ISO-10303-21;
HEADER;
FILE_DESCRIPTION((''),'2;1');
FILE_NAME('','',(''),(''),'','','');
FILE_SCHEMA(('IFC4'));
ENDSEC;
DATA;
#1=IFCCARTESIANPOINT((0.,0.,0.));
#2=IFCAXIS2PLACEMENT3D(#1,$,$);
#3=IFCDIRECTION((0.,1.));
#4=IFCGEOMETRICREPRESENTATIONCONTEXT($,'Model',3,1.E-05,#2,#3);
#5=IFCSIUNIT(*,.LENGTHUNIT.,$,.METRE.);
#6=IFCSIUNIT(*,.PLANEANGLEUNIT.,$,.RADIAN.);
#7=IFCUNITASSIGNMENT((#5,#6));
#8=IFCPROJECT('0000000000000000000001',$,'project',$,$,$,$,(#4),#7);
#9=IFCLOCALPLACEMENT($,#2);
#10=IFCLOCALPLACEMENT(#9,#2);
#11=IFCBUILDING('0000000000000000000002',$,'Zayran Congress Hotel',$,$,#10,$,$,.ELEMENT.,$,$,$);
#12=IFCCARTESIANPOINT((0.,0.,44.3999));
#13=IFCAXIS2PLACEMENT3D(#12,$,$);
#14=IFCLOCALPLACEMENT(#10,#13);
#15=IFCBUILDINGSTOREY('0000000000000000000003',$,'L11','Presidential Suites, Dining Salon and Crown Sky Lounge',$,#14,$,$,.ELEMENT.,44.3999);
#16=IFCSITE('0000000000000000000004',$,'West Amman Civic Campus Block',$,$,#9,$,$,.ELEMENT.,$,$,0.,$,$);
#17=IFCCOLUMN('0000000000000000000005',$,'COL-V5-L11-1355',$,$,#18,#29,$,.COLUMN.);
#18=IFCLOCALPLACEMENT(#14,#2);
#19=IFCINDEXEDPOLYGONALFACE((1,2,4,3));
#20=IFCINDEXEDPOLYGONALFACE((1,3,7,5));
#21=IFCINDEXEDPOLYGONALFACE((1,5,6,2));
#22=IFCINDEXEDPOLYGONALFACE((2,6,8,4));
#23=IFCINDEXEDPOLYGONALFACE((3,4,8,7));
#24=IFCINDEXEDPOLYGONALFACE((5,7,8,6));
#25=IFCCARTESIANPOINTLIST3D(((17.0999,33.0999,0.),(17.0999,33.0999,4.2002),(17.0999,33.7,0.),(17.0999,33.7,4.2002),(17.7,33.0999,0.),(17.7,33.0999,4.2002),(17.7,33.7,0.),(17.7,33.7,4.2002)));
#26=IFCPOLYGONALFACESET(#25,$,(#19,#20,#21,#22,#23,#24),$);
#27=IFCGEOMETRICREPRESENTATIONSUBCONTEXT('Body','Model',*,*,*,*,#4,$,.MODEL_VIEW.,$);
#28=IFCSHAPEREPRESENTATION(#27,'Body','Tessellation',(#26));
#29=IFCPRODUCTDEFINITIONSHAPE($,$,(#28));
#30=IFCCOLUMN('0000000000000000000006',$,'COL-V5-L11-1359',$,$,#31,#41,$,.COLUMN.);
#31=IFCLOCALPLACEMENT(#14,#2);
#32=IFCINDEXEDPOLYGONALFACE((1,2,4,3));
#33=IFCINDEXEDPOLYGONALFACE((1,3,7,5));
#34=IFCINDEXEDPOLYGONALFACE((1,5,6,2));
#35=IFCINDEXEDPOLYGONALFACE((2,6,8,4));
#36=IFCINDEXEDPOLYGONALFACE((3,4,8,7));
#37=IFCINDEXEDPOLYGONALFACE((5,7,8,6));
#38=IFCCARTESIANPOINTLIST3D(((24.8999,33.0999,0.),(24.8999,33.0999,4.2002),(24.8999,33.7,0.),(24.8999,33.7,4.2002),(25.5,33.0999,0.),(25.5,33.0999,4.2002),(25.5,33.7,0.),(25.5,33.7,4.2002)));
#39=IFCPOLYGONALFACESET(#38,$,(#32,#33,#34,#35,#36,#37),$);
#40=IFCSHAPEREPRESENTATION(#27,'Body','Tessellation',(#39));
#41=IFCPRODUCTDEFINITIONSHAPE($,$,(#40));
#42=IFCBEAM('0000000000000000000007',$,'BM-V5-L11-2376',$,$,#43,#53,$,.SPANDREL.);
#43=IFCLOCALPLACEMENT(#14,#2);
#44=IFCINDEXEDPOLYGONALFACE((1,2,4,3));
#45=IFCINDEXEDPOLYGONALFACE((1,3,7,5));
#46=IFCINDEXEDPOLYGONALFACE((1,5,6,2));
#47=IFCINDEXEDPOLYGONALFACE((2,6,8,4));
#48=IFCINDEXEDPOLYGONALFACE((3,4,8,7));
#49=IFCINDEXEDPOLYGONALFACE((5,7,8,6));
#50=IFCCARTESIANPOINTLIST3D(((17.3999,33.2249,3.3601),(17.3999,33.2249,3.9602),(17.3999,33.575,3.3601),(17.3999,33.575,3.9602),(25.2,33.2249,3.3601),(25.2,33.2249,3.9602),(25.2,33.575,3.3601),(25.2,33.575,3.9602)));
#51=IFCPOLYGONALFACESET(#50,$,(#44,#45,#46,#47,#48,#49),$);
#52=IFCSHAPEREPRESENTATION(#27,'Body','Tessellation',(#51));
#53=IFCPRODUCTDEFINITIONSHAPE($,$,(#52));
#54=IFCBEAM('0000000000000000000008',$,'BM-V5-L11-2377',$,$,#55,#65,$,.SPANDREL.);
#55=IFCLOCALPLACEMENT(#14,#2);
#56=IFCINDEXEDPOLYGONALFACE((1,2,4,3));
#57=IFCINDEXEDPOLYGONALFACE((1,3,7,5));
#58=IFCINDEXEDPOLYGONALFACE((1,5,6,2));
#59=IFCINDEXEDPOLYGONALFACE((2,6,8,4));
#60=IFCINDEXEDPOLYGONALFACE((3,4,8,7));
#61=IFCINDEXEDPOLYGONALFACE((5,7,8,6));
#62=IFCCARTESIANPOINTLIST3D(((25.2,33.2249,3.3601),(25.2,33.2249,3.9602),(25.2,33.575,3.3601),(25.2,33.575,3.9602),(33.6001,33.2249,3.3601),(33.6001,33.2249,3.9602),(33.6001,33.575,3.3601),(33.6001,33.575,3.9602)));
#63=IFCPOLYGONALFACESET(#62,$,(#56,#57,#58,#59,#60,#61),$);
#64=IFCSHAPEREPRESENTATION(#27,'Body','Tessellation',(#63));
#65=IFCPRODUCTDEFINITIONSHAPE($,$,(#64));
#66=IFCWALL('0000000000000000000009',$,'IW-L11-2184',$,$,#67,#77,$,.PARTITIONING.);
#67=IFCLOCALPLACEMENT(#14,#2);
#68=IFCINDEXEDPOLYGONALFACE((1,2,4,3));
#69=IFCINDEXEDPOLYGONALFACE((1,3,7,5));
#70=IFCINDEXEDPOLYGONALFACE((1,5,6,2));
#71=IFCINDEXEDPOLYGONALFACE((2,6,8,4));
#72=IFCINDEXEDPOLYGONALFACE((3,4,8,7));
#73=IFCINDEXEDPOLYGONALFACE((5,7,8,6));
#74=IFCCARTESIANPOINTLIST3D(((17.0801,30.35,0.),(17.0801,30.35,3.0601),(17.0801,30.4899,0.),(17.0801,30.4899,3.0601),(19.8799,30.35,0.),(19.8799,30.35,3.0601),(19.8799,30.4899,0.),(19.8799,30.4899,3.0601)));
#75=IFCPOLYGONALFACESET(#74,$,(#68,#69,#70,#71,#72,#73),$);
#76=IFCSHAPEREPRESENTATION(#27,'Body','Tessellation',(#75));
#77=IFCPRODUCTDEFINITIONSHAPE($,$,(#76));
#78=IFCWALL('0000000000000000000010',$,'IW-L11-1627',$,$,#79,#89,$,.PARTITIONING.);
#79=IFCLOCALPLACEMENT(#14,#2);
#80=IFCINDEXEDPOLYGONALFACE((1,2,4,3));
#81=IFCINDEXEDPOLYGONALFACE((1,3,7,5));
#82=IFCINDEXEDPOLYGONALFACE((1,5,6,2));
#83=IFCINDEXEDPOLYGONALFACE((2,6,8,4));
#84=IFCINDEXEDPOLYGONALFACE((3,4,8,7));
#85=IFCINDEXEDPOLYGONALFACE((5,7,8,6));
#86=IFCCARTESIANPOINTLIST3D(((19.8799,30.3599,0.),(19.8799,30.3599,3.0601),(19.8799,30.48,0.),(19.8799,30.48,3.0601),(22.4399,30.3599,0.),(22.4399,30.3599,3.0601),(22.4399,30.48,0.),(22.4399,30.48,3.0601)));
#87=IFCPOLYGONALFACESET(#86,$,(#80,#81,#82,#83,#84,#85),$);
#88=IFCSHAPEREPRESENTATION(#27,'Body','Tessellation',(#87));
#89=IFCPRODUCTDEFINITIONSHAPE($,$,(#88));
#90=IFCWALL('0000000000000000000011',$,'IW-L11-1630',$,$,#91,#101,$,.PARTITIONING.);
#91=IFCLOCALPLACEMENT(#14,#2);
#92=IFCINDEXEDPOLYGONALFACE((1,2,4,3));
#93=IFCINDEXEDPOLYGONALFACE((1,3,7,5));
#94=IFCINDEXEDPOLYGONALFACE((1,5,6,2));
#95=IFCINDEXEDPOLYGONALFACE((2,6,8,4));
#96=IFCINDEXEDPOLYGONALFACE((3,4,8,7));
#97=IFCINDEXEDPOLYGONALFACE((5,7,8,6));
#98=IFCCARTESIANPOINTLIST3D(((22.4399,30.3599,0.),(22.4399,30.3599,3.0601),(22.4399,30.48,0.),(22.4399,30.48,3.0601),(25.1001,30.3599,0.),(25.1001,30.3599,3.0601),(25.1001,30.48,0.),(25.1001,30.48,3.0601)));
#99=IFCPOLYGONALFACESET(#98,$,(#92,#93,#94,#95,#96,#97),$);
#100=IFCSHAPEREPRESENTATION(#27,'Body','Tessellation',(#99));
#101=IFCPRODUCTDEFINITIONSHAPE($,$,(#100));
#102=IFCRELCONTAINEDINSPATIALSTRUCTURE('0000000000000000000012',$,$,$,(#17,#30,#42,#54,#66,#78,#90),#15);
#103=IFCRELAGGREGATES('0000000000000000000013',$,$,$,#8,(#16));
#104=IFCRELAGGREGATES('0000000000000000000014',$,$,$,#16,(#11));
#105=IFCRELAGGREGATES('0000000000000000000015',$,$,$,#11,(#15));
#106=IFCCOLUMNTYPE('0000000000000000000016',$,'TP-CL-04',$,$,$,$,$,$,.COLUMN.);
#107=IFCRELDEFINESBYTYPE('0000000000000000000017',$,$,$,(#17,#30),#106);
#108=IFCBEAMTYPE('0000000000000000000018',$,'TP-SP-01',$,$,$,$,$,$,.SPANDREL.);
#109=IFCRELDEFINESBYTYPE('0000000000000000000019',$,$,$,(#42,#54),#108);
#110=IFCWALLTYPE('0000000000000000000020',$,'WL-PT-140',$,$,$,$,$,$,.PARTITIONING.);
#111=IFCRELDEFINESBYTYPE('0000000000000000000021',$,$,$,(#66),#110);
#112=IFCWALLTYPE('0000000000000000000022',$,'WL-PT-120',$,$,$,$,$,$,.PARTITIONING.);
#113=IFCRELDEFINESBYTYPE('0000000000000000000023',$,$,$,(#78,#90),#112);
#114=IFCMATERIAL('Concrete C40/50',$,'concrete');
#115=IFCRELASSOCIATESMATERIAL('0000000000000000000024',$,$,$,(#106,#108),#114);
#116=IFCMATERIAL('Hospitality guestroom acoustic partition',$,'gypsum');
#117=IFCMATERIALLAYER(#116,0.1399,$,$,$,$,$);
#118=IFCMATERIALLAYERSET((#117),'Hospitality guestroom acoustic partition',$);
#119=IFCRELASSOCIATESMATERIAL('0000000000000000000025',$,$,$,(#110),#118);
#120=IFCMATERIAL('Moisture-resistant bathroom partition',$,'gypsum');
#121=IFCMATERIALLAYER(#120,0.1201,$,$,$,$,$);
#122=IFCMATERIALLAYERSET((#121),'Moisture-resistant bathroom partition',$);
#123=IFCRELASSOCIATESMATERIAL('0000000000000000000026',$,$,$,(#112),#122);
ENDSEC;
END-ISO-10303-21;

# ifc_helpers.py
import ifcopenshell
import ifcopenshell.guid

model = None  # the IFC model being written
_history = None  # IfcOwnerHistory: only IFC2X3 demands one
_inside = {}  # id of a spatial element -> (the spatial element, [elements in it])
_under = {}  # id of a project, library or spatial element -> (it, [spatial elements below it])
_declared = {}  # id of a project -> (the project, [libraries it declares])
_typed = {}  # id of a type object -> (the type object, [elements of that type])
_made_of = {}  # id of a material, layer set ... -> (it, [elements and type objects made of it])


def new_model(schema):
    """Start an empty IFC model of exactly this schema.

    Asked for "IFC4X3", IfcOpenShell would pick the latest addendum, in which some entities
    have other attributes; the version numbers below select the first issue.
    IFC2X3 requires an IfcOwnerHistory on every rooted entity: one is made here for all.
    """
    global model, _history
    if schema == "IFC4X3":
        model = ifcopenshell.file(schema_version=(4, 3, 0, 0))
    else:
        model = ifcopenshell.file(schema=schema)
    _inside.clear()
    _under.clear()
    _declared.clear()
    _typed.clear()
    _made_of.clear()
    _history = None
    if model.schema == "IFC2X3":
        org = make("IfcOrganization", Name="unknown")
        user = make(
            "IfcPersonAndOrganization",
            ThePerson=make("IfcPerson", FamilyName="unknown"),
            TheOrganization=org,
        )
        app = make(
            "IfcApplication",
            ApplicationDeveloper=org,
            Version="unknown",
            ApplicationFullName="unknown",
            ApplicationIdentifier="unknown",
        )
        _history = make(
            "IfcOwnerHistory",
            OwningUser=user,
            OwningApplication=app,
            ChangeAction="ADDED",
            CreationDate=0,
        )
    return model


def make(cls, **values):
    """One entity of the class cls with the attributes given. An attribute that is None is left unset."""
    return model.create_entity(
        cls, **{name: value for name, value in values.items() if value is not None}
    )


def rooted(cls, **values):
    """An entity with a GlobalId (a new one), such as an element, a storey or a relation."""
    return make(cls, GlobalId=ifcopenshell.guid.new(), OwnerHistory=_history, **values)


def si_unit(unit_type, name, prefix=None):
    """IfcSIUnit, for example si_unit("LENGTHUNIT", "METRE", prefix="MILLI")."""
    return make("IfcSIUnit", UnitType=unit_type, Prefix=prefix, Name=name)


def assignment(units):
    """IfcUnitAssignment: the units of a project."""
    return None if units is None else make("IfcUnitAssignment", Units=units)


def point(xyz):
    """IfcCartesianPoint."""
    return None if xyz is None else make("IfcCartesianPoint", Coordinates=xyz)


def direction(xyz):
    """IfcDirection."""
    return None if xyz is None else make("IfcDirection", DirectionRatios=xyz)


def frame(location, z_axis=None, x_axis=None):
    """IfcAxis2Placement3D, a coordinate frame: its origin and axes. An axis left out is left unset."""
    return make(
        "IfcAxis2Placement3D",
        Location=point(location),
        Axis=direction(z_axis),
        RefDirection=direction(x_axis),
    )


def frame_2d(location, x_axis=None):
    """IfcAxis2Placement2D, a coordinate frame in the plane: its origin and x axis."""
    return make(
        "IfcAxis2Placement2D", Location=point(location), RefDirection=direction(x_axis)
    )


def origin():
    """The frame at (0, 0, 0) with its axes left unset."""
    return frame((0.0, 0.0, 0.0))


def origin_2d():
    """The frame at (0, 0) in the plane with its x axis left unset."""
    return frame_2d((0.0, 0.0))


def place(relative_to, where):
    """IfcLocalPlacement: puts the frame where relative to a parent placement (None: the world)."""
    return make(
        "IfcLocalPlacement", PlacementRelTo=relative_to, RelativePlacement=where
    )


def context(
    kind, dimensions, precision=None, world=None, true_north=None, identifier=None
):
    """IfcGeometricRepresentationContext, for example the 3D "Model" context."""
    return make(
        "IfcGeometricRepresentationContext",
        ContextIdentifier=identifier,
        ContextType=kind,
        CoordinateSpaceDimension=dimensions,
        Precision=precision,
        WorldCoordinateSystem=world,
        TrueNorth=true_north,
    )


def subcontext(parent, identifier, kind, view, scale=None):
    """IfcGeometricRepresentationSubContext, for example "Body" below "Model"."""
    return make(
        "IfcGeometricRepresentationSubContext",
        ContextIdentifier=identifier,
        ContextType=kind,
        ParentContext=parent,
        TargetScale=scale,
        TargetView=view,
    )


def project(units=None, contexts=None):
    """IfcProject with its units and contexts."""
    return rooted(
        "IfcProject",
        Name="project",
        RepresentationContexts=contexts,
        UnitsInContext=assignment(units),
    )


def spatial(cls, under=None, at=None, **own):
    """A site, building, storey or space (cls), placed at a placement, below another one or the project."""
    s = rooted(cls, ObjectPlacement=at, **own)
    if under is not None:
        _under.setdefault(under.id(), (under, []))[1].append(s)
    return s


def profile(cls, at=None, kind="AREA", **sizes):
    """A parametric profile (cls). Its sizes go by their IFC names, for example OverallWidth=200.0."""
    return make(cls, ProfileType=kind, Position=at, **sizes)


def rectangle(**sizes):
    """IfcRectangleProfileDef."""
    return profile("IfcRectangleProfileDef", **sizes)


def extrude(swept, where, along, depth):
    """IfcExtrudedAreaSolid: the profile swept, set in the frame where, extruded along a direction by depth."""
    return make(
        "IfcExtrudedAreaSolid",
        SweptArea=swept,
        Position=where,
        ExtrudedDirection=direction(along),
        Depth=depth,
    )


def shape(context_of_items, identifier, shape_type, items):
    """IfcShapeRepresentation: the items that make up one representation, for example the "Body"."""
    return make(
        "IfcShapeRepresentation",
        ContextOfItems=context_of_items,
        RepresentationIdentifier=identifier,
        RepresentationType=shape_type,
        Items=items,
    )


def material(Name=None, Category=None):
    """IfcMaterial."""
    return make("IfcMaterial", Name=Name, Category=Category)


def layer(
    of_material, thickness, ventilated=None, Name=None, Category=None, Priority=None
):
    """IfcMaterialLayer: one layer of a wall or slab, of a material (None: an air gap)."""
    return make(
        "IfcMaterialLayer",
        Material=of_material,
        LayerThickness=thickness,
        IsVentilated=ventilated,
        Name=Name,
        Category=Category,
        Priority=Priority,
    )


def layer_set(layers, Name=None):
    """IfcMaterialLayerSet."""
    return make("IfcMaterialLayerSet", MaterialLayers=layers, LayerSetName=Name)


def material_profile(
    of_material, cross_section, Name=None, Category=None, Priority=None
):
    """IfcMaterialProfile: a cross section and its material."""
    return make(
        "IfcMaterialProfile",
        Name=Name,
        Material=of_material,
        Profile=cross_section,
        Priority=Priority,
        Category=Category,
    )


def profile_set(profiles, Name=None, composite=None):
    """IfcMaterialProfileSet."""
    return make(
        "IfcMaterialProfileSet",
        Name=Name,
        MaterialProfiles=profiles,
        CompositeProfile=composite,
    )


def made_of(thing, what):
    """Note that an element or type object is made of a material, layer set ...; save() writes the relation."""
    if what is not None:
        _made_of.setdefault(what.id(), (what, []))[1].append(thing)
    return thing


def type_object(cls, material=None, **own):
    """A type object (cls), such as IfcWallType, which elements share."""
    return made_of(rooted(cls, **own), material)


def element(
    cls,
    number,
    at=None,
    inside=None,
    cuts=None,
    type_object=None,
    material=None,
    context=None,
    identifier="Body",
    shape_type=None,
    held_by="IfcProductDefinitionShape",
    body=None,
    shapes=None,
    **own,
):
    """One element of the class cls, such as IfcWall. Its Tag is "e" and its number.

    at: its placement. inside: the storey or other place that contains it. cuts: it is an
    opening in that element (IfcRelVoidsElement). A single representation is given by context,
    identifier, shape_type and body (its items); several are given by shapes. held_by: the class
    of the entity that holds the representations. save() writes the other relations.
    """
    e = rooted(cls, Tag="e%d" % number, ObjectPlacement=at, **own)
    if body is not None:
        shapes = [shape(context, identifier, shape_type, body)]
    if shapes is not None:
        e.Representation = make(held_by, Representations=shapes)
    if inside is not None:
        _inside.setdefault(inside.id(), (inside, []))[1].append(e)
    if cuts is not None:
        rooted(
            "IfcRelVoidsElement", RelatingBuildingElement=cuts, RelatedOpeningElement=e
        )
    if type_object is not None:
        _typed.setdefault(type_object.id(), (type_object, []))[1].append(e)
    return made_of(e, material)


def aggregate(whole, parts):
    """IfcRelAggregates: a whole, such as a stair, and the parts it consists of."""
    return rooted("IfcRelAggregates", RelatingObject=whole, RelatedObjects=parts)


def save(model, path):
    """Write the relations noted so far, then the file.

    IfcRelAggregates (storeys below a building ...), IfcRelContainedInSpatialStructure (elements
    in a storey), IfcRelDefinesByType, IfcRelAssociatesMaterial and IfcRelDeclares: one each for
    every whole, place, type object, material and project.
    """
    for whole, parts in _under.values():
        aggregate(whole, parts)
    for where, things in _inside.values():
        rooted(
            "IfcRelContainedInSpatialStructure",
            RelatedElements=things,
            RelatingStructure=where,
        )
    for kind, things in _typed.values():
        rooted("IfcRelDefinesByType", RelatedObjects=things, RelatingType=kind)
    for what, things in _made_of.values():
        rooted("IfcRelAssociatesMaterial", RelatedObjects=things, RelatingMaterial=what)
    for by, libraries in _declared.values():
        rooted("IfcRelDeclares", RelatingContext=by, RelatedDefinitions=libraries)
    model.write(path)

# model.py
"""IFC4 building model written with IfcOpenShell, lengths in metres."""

from ifc_helpers import new_model, si_unit, direction, frame, frame_2d, origin, origin_2d, place, context, subcontext, project, spatial, rectangle, extrude, material, layer, layer_set, material_profile, profile_set, type_object, element, save


model = new_model("IFC4")

# Units and contexts
model_context = context("Model", 3, precision=1e-05, world=origin(), true_north=direction((0.0, 1.0)))
body_context = subcontext(model_context, "Body", "Model", "MODEL_VIEW")
ifc_project = project(units=[si_unit("LENGTHUNIT", "METRE"), si_unit("PLANEANGLEUNIT", "RADIAN")], contexts=[model_context])

# Site, building, storey
site_placement = place(None, origin())
site = spatial("IfcSite", under=ifc_project, at=site_placement, Name="West Amman Civic Campus Block", CompositionType="ELEMENT", RefElevation=0.0)
building_placement = place(site_placement, origin())
building = spatial("IfcBuilding", under=site, at=building_placement, Name="Zayran Congress Hotel", CompositionType="ELEMENT")
storey_placement = place(building_placement, frame((0.0, 0.0, 44.3999)))
storey = spatial("IfcBuildingStorey", under=building, at=storey_placement, Name="L11", Description="Presidential Suites, Dining Salon and Crown Sky Lounge", CompositionType="ELEMENT", Elevation=44.3999)

# Columns
ifc_material_1 = material(Name="Concrete C40/50", Category="concrete")
ifc_material_profile_1 = material_profile(ifc_material_1, rectangle(XDim=0.6001, YDim=0.6001, at=origin_2d()), Name="RC 600x600")
ifc_profile_set_1 = profile_set([ifc_material_profile_1], Name="Concrete C40/50")
column_type = type_object("IfcColumnType", Name="TP-CL-04", PredefinedType="COLUMN", material=ifc_profile_set_1)
for number, where, z_axis, x_axis, name in (
    (1, (17.3999, 33.3999, 0.0), (0.0, 0.0, 1.0), (1.0, 0.0, 0.0), "COL-V5-L11-1355"),
    (2, (25.2, 33.3999, 0.0), (0.0, 0.0, 1.0), (1.0, 0.0, 0.0), "COL-V5-L11-1359"),
):
    element("IfcColumn", number, at=place(storey_placement, frame(where, z_axis=z_axis, x_axis=x_axis)), inside=storey, type_object=column_type, Name=name, PredefinedType="COLUMN", context=body_context, shape_type="SweptSolid", body=[
        extrude(rectangle(XDim=0.6001, YDim=0.6001, at=origin_2d()), origin(), (0.0, 0.0, 1.0), 4.2002),
    ])

# Beams
ifc_material_profile_2 = material_profile(ifc_material_1, rectangle(XDim=0.3501, YDim=0.6001, at=origin_2d()), Name="RC 350x600")
ifc_profile_set_2 = profile_set([ifc_material_profile_2], Name="Concrete C40/50")
beam_type = type_object("IfcBeamType", Name="TP-SP-01", PredefinedType="SPANDREL", material=ifc_profile_set_2)
beam_1_placement = place(storey_placement, frame((17.3999, 33.3999, 3.6602), z_axis=(1.0, 0.0, 0.0), x_axis=(0.0, 1.0, 0.0)))
element("IfcBeam", 3, at=beam_1_placement, inside=storey, type_object=beam_type, Name="BM-V5-L11-2376", PredefinedType="SPANDREL", context=body_context, shape_type="SweptSolid", body=[
    extrude(rectangle(XDim=0.3501, YDim=0.6001, at=origin_2d()), origin(), (0.0, 0.0, 1.0), 7.8),
])
beam_2_placement = place(storey_placement, frame((25.2, 33.3999, 3.6602), z_axis=(1.0, 0.0, 0.0), x_axis=(0.0, 1.0, 0.0)))
element("IfcBeam", 4, at=beam_2_placement, inside=storey, type_object=beam_type, Name="BM-V5-L11-2377", PredefinedType="SPANDREL", context=body_context, shape_type="SweptSolid", body=[
    extrude(rectangle(XDim=0.3501, YDim=0.6001, at=origin_2d()), origin(), (0.0, 0.0, 1.0), 8.4001),
])

# Walls
ifc_material_2 = material(Name="Hospitality guestroom acoustic partition", Category="gypsum")
ifc_layer_1 = layer(ifc_material_2, 0.1399)
ifc_layer_set_1 = layer_set([ifc_layer_1], Name="Hospitality guestroom acoustic partition")
wall_type_1 = type_object("IfcWallType", Name="WL-PT-140", PredefinedType="PARTITIONING", material=ifc_layer_set_1)
wall_1_placement = place(storey_placement, frame((17.0801, 30.4199, 0.0), z_axis=(0.0, 0.0, 1.0), x_axis=(1.0, 0.0, 0.0)))
element("IfcWall", 5, at=wall_1_placement, inside=storey, type_object=wall_type_1, Name="IW-L11-2184", PredefinedType="PARTITIONING", context=body_context, shape_type="SweptSolid", body=[
    extrude(rectangle(XDim=2.7998, YDim=0.1399, at=frame_2d((1.3999, 0.0))), origin(), (0.0, 0.0, 1.0), 3.0601),
])
ifc_material_3 = material(Name="Moisture-resistant bathroom partition", Category="gypsum")
ifc_layer_2 = layer(ifc_material_3, 0.1201)
ifc_layer_set_2 = layer_set([ifc_layer_2], Name="Moisture-resistant bathroom partition")
wall_type_2 = type_object("IfcWallType", Name="WL-PT-120", PredefinedType="PARTITIONING", material=ifc_layer_set_2)
wall_2_placement = place(storey_placement, frame((19.8799, 30.4199, 0.0), z_axis=(0.0, 0.0, 1.0), x_axis=(1.0, 0.0, 0.0)))
element("IfcWall", 6, at=wall_2_placement, inside=storey, type_object=wall_type_2, Name="IW-L11-1627", PredefinedType="PARTITIONING", context=body_context, shape_type="SweptSolid", body=[
    extrude(rectangle(XDim=2.5601, YDim=0.1201, at=frame_2d((1.28, 0.0))), origin(), (0.0, 0.0, 1.0), 3.0601),
])
wall_3_placement = place(storey_placement, frame((22.4399, 30.4199, 0.0), z_axis=(0.0, 0.0, 1.0), x_axis=(1.0, 0.0, 0.0)))
element("IfcWall", 7, at=wall_3_placement, inside=storey, type_object=wall_type_2, Name="IW-L11-1630", PredefinedType="PARTITIONING", context=body_context, shape_type="SweptSolid", body=[
    extrude(rectangle(XDim=2.6602, YDim=0.1201, at=frame_2d((1.3301, 0.0))), origin(), (0.0, 0.0, 1.0), 3.0601),
])

save(model, "model.ifc")
